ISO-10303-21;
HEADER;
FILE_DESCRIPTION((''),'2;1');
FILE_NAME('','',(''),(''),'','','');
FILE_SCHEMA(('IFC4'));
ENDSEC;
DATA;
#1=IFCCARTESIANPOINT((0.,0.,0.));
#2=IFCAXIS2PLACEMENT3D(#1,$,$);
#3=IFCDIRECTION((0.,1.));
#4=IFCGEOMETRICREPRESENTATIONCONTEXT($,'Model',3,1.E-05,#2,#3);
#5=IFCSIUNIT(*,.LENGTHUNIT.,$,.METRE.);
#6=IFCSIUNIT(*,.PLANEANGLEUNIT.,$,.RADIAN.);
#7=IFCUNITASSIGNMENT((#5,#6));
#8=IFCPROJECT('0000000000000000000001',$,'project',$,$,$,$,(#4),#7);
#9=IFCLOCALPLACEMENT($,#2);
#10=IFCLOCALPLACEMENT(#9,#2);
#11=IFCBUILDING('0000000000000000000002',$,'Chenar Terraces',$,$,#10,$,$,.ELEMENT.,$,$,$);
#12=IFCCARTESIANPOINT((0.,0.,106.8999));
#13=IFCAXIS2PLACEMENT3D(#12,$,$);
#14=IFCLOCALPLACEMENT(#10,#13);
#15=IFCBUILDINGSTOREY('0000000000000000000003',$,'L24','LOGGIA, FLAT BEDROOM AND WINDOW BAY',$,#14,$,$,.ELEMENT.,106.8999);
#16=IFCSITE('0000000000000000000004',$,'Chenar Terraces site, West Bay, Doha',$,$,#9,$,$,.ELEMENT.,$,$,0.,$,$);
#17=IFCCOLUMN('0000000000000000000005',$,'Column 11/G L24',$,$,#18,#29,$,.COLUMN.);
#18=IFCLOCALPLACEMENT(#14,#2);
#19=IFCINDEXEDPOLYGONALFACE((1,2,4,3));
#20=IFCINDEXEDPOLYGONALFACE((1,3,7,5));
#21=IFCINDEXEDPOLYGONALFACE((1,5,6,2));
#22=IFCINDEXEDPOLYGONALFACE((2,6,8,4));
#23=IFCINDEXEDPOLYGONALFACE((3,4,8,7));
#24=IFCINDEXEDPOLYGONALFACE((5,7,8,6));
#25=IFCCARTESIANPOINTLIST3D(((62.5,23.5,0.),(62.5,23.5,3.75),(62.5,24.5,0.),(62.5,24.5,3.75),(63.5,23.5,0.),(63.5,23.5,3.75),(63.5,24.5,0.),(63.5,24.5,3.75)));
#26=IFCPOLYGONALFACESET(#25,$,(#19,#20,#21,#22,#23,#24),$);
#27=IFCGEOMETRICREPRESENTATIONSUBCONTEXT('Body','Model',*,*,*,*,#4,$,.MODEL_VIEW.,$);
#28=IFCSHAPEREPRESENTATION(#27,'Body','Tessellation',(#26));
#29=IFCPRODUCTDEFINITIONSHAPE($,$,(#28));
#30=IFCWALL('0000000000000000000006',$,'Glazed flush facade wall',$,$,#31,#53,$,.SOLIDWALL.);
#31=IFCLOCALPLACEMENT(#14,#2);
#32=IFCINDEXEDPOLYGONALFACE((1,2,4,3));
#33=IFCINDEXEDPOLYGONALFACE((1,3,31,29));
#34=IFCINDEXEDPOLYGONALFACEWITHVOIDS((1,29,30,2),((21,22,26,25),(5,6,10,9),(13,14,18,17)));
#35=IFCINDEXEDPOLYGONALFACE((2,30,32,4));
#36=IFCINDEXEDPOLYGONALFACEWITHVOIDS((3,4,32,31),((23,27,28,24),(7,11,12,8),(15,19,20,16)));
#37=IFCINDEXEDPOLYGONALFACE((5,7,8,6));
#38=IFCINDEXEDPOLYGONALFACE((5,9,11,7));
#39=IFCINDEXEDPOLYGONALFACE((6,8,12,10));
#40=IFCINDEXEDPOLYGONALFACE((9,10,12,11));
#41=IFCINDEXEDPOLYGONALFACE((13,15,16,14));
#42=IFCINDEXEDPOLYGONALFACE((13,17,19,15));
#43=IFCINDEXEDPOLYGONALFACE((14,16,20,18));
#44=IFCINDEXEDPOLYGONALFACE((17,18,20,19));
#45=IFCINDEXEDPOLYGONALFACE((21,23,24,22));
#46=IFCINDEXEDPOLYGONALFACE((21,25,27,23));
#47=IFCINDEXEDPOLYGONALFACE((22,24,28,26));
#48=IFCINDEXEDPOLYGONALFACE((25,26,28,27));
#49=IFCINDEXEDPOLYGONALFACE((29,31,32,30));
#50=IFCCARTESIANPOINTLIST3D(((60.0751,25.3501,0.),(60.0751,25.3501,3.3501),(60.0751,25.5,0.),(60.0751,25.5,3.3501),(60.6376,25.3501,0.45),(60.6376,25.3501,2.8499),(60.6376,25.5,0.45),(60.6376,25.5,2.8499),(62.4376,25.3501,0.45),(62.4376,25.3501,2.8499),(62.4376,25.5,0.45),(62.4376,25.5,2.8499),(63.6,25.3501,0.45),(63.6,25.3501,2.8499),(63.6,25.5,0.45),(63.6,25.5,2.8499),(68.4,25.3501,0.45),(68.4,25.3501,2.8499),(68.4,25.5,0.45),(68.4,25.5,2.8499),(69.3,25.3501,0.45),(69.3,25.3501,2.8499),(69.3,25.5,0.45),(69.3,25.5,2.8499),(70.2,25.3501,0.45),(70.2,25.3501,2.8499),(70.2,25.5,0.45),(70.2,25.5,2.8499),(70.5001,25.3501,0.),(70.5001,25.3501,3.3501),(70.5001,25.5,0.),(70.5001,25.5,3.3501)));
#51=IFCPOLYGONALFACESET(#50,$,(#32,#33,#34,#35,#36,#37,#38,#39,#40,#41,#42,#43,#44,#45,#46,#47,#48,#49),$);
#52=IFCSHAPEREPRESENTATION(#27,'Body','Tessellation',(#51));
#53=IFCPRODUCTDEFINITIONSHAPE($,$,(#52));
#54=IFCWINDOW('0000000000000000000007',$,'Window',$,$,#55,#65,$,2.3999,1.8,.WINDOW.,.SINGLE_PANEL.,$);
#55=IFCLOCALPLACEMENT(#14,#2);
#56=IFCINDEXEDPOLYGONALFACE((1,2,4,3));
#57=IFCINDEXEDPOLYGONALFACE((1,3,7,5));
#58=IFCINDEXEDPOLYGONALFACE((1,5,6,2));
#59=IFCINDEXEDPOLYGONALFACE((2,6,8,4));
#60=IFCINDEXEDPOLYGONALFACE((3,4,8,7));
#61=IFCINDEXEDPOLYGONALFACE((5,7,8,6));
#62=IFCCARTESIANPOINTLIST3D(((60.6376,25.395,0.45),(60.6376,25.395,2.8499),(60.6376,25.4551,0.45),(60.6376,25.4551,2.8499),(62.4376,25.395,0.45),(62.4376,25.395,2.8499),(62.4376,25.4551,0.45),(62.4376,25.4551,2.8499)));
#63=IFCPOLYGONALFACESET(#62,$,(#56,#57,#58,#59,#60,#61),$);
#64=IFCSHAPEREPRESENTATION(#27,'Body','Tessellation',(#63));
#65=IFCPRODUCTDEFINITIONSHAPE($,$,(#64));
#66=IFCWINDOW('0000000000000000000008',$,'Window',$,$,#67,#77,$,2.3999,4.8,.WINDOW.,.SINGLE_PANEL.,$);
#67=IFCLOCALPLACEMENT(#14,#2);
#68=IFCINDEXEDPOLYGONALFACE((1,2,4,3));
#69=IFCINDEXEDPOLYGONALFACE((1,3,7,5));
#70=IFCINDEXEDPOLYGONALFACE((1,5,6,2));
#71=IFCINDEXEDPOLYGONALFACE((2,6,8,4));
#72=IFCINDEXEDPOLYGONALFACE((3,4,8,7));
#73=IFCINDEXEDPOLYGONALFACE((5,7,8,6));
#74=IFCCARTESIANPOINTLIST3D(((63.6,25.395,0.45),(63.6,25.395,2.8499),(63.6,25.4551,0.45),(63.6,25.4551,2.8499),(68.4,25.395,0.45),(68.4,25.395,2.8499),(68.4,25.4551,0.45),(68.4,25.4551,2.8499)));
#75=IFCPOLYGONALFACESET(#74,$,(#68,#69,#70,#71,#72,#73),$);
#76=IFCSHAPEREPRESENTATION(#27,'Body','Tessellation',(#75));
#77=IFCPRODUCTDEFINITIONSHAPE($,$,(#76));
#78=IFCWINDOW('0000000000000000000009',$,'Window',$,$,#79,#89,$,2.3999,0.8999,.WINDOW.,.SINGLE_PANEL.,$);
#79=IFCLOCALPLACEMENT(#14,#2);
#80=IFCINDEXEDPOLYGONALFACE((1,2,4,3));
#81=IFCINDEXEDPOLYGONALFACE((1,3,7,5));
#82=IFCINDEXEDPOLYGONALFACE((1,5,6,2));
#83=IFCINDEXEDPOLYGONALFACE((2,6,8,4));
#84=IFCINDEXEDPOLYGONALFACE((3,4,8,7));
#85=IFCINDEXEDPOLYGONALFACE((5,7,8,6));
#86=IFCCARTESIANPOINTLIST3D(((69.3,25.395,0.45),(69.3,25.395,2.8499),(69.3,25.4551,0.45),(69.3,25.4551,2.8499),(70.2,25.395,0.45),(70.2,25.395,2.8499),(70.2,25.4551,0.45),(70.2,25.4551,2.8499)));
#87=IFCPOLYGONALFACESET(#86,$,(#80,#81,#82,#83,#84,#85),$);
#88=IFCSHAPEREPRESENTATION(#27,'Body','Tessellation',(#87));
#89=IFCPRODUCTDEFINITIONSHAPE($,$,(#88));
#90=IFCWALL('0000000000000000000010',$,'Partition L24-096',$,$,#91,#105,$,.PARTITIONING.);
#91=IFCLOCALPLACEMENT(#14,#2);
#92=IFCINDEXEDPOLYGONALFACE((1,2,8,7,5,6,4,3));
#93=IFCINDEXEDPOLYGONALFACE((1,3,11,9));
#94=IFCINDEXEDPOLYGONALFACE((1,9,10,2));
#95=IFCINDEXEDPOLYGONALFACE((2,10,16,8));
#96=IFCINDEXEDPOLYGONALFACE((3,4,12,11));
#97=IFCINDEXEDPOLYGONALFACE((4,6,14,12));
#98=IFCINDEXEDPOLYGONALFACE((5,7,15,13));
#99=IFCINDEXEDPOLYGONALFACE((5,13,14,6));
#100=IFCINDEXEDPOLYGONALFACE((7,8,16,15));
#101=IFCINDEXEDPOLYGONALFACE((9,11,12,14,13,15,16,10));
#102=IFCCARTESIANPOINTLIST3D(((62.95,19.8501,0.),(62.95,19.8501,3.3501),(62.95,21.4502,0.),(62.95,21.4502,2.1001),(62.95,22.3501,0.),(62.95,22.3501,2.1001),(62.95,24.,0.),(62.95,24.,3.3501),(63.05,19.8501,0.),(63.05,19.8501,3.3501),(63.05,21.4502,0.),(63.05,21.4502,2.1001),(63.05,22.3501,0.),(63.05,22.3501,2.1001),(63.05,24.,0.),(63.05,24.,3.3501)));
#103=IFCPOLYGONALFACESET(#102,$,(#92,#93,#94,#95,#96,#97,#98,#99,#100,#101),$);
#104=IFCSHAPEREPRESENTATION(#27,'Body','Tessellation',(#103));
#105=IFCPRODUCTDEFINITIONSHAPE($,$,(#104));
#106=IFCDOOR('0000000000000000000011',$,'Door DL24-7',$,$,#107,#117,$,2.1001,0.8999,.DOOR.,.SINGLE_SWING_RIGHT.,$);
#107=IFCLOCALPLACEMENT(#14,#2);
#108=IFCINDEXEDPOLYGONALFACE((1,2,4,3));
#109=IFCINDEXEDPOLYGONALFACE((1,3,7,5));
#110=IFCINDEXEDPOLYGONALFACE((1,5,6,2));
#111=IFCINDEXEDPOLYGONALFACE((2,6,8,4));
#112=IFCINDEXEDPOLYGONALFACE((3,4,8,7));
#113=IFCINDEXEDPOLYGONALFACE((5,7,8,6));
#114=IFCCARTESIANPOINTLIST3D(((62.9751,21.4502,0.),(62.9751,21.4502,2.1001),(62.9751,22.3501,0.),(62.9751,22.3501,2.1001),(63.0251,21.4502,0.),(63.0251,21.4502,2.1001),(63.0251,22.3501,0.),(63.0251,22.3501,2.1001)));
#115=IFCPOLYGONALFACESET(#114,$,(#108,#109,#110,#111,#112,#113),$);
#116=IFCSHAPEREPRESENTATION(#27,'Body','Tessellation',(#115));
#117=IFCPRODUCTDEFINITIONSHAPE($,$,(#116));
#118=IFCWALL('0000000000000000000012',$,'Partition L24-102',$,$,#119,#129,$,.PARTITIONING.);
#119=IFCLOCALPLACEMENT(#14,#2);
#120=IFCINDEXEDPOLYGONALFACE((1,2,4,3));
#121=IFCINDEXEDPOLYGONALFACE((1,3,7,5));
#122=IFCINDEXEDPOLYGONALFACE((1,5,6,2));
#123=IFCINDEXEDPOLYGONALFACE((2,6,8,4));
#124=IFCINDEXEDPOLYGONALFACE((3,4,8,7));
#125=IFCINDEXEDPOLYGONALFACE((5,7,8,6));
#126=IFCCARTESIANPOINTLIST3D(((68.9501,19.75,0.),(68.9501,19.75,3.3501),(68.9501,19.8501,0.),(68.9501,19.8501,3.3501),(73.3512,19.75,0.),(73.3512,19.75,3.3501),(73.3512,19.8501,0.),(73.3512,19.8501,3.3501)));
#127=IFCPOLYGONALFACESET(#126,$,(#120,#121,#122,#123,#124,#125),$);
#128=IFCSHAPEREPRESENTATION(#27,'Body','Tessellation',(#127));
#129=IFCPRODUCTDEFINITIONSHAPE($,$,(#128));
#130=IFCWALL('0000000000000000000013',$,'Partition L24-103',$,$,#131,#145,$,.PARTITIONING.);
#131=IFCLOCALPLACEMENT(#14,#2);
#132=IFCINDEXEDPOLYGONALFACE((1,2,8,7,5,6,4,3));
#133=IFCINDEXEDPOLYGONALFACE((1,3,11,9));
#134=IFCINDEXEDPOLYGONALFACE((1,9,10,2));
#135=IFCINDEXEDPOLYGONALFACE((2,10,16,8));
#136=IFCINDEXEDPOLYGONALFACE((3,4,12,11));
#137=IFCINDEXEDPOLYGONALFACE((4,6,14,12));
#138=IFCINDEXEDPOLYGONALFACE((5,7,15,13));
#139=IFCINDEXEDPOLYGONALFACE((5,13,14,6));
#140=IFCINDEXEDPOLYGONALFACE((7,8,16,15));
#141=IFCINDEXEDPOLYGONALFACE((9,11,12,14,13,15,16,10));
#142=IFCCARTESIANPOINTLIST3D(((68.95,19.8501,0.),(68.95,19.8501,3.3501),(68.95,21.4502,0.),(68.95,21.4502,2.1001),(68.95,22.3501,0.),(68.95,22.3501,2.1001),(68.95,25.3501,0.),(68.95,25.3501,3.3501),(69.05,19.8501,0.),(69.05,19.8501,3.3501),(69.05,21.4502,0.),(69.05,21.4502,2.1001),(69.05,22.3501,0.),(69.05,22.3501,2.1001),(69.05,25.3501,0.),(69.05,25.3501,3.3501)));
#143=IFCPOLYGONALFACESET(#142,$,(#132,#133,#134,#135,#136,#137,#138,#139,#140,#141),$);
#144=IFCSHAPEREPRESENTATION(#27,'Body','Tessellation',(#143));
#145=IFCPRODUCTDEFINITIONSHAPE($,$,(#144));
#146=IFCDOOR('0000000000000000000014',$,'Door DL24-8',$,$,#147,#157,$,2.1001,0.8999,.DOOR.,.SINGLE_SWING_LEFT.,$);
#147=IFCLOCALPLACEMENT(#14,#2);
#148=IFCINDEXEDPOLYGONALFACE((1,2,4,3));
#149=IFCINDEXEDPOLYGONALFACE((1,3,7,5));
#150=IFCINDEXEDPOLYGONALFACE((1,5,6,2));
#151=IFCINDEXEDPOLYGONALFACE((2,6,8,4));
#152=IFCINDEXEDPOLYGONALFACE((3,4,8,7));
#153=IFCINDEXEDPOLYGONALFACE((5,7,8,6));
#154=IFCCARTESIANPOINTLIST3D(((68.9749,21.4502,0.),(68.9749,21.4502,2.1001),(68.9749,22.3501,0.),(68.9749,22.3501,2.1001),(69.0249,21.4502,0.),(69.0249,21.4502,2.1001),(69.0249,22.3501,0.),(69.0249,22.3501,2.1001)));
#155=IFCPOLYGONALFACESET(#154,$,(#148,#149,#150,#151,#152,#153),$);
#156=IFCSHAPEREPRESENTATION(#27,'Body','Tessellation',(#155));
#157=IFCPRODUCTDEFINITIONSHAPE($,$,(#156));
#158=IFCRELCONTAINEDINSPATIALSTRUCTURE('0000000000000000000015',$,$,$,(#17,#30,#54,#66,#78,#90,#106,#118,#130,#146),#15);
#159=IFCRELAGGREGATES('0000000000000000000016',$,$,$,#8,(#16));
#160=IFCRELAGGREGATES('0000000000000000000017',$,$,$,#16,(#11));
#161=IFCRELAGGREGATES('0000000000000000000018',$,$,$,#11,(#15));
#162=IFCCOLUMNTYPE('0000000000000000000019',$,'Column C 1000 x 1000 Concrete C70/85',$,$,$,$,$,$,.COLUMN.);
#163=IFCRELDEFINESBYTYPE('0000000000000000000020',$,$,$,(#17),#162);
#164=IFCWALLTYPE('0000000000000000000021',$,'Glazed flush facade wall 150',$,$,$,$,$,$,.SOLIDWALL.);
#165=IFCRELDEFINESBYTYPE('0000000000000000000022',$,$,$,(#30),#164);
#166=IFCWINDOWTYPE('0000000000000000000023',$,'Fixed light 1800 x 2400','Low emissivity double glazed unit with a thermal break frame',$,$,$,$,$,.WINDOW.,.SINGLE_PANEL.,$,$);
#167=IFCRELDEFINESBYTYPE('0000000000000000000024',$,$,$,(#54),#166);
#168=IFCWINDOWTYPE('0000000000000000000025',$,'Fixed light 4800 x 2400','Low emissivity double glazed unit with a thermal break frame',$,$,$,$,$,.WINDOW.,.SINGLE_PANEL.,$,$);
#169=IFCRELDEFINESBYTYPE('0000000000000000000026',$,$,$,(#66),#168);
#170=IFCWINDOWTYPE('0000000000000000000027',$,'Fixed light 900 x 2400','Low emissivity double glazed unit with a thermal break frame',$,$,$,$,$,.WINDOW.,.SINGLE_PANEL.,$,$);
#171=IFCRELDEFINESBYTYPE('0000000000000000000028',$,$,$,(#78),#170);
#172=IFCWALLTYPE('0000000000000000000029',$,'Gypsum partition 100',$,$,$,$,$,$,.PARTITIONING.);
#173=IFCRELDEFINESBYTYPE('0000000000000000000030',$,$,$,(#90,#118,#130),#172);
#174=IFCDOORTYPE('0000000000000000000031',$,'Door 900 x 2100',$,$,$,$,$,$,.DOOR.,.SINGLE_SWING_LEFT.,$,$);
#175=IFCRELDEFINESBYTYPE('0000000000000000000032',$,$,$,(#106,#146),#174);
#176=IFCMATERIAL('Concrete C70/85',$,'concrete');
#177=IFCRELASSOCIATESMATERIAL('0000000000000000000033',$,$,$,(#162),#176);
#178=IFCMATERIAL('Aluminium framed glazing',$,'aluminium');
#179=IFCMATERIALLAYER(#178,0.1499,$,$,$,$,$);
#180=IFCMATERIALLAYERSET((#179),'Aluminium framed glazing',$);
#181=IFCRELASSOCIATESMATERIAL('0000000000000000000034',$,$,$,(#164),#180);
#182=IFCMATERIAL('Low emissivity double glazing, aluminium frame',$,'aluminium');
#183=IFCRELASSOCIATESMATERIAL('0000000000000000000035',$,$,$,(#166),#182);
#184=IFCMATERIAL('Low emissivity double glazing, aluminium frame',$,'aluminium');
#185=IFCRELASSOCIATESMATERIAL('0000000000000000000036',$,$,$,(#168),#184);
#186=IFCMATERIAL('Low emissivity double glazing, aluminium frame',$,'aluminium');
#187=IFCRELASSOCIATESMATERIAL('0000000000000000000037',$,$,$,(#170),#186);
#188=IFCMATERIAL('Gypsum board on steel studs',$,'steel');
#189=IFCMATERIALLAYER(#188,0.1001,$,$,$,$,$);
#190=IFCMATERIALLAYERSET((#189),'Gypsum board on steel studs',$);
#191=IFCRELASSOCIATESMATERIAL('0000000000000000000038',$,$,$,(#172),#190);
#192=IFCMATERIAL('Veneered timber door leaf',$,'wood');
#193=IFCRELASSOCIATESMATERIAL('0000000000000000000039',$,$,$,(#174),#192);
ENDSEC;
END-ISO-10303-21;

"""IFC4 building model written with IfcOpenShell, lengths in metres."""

from ifc_helpers import new_model, si_unit, direction, frame, frame_2d, origin, origin_2d, place, context, subcontext, project, spatial, rectangle, extrude, material, layer, layer_set, material_profile, profile_set, type_object, element, fill, save


model = new_model("IFC4")

# Units and contexts
model_context = context("Model", 3, precision=1e-05, world=origin(), true_north=direction((0.0, 1.0)))
body_context = subcontext(model_context, "Body", "Model", "MODEL_VIEW")
ifc_project = project(units=[si_unit("LENGTHUNIT", "METRE"), si_unit("PLANEANGLEUNIT", "RADIAN")], contexts=[model_context])

# Site, building, storey
site_placement = place(None, origin())
site = spatial("IfcSite", under=ifc_project, at=site_placement, Name="Chenar Terraces site, West Bay, Doha", CompositionType="ELEMENT", RefElevation=0.0)
building_placement = place(site_placement, origin())
building = spatial("IfcBuilding", under=site, at=building_placement, Name="Chenar Terraces", CompositionType="ELEMENT")
storey_placement = place(building_placement, frame((0.0, 0.0, 106.8999)))
storey = spatial("IfcBuildingStorey", under=building, at=storey_placement, Name="L24", Description="LOGGIA, FLAT BEDROOM AND WINDOW BAY", CompositionType="ELEMENT", Elevation=106.8999)

# Column
ifc_material_1 = material(Name="Concrete C70/85", Category="concrete")
ifc_material_profile_1 = material_profile(ifc_material_1, rectangle(XDim=1.0, YDim=1.0, at=origin_2d()), Name="C 1000 x 1000")
ifc_profile_set_1 = profile_set([ifc_material_profile_1], Name="Concrete C70/85")
column_type = type_object("IfcColumnType", Name="Column C 1000 x 1000 Concrete C70/85", PredefinedType="COLUMN", material=ifc_profile_set_1)
column_placement = place(storey_placement, frame((63.0, 24.0, 0.0), z_axis=(0.0, 0.0, 1.0), x_axis=(1.0, 0.0, 0.0)))
element("IfcColumn", 1, at=column_placement, inside=storey, type_object=column_type, Name="Column 11/G L24", PredefinedType="COLUMN", context=body_context, shape_type="SweptSolid", body=[
    extrude(rectangle(XDim=1.0, YDim=1.0, at=origin_2d()), origin(), (0.0, 0.0, 1.0), 3.75),
])

# Wall, openings, windows
ifc_material_2 = material(Name="Aluminium framed glazing", Category="aluminium")
ifc_layer_1 = layer(ifc_material_2, 0.1499)
ifc_layer_set_1 = layer_set([ifc_layer_1], Name="Aluminium framed glazing")
wall_type_1 = type_object("IfcWallType", Name="Glazed flush facade wall 150", PredefinedType="SOLIDWALL", material=ifc_layer_set_1)
wall_1_placement = place(storey_placement, frame((70.5, 25.425, 0.0), z_axis=(0.0, 0.0, 1.0), x_axis=(-1.0, 0.0, 0.0)))
wall_1 = element("IfcWall", 2, at=wall_1_placement, inside=storey, type_object=wall_type_1, Name="Glazed flush facade wall", PredefinedType="SOLIDWALL", context=body_context, shape_type="SweptSolid", body=[
    extrude(rectangle(XDim=10.425, YDim=0.1499, at=frame_2d((5.2124, 0.0))), origin(), (0.0, 0.0, 1.0), 3.3501),
])
opening_1_placement = place(wall_1_placement, frame((0.3, 0.0, 0.45)))
opening_1 = element("IfcOpeningElement", 3, at=opening_1_placement, cuts=wall_1, PredefinedType="OPENING", context=body_context, shape_type="SweptSolid", body=[
    extrude(rectangle(XDim=0.8999, YDim=2.3999, at=frame_2d((0.45, 1.2))), frame((0.0, 0.085, 0.0), z_axis=(0.0, -1.0, 0.0), x_axis=(1.0, 0.0, 0.0)), (0.0, 0.0, 1.0), 0.1699),
])
opening_2_placement = place(wall_1_placement, frame((2.1001, 0.0, 0.45)))
opening_2 = element("IfcOpeningElement", 4, at=opening_2_placement, cuts=wall_1, PredefinedType="OPENING", context=body_context, shape_type="SweptSolid", body=[
    extrude(rectangle(XDim=4.8, YDim=2.3999, at=frame_2d((2.3999, 1.2))), frame((0.0, 0.085, 0.0), z_axis=(0.0, -1.0, 0.0), x_axis=(1.0, 0.0, 0.0)), (0.0, 0.0, 1.0), 0.1699),
])
opening_3_placement = place(wall_1_placement, frame((8.0625, 0.0, 0.45)))
opening_3 = element("IfcOpeningElement", 5, at=opening_3_placement, cuts=wall_1, PredefinedType="OPENING", context=body_context, shape_type="SweptSolid", body=[
    extrude(rectangle(XDim=1.8, YDim=2.3999, at=frame_2d((0.8999, 1.2))), frame((0.0, 0.085, 0.0), z_axis=(0.0, -1.0, 0.0), x_axis=(1.0, 0.0, 0.0)), (0.0, 0.0, 1.0), 0.1699),
])
ifc_material_3 = material(Name="Low emissivity double glazing, aluminium frame", Category="aluminium")
window_type_1 = type_object("IfcWindowType", Name="Fixed light 1800 x 2400", Description="Low emissivity double glazed unit with a thermal break frame", PartitioningType="SINGLE_PANEL", PredefinedType="WINDOW", material=ifc_material_3)
window_1_placement = place(opening_3_placement, origin())
window_1 = element("IfcWindow", 6, at=window_1_placement, inside=storey, type_object=window_type_1, Name="Window", OverallHeight=2.3999, OverallWidth=1.8, PartitioningType="SINGLE_PANEL", PredefinedType="WINDOW", context=body_context, shape_type="SweptSolid", body=[
    extrude(rectangle(XDim=1.8, YDim=2.3999, at=frame_2d((0.8999, 1.2))), frame((0.0, 0.03, 0.0), z_axis=(0.0, -1.0, 0.0), x_axis=(1.0, 0.0, 0.0)), (0.0, 0.0, 1.0), 0.0601),
])
fill(opening_3, window_1)
ifc_material_4 = material(Name="Low emissivity double glazing, aluminium frame", Category="aluminium")
window_type_2 = type_object("IfcWindowType", Name="Fixed light 4800 x 2400", Description="Low emissivity double glazed unit with a thermal break frame", PartitioningType="SINGLE_PANEL", PredefinedType="WINDOW", material=ifc_material_4)
window_2_placement = place(opening_2_placement, origin())
window_2 = element("IfcWindow", 7, at=window_2_placement, inside=storey, type_object=window_type_2, Name="Window", OverallHeight=2.3999, OverallWidth=4.8, PartitioningType="SINGLE_PANEL", PredefinedType="WINDOW", context=body_context, shape_type="SweptSolid", body=[
    extrude(rectangle(XDim=4.8, YDim=2.3999, at=frame_2d((2.3999, 1.2))), frame((0.0, 0.03, 0.0), z_axis=(0.0, -1.0, 0.0), x_axis=(1.0, 0.0, 0.0)), (0.0, 0.0, 1.0), 0.0601),
])
fill(opening_2, window_2)
ifc_material_5 = material(Name="Low emissivity double glazing, aluminium frame", Category="aluminium")
window_type_3 = type_object("IfcWindowType", Name="Fixed light 900 x 2400", Description="Low emissivity double glazed unit with a thermal break frame", PartitioningType="SINGLE_PANEL", PredefinedType="WINDOW", material=ifc_material_5)
window_3_placement = place(opening_1_placement, origin())
window_3 = element("IfcWindow", 8, at=window_3_placement, inside=storey, type_object=window_type_3, Name="Window", OverallHeight=2.3999, OverallWidth=0.8999, PartitioningType="SINGLE_PANEL", PredefinedType="WINDOW", context=body_context, shape_type="SweptSolid", body=[
    extrude(rectangle(XDim=0.8999, YDim=2.3999, at=frame_2d((0.45, 1.2))), frame((0.0, 0.03, 0.0), z_axis=(0.0, -1.0, 0.0), x_axis=(1.0, 0.0, 0.0)), (0.0, 0.0, 1.0), 0.0601),
])
fill(opening_1, window_3)

# Wall, opening, door
ifc_material_6 = material(Name="Gypsum board on steel studs", Category="steel")
ifc_layer_2 = layer(ifc_material_6, 0.1001)
ifc_layer_set_2 = layer_set([ifc_layer_2], Name="Gypsum board on steel studs")
wall_type_2 = type_object("IfcWallType", Name="Gypsum partition 100", PredefinedType="PARTITIONING", material=ifc_layer_set_2)
wall_2_placement = place(storey_placement, frame((63.0, 19.8501, 0.0), z_axis=(0.0, 0.0, 1.0), x_axis=(0.0, 1.0, 0.0)))
wall_2 = element("IfcWall", 9, at=wall_2_placement, inside=storey, type_object=wall_type_2, Name="Partition L24-096", PredefinedType="PARTITIONING", context=body_context, shape_type="SweptSolid", body=[
    extrude(rectangle(XDim=4.1499, YDim=0.1001, at=frame_2d((2.075, 0.0))), origin(), (0.0, 0.0, 1.0), 3.3501),
])
opening_4_placement = place(wall_2_placement, frame((1.6001, 0.0, 0.0)))
opening_4 = element("IfcOpeningElement", 10, at=opening_4_placement, cuts=wall_2, PredefinedType="OPENING", context=body_context, shape_type="SweptSolid", body=[
    extrude(rectangle(XDim=0.8999, YDim=2.1001, at=frame_2d((0.45, 1.05))), frame((0.0, 0.0601, 0.0), z_axis=(0.0, -1.0, 0.0), x_axis=(1.0, 0.0, 0.0)), (0.0, 0.0, 1.0), 0.1201),
])
ifc_material_7 = material(Name="Veneered timber door leaf", Category="wood")
door_type_1 = type_object("IfcDoorType", Name="Door 900 x 2100", OperationType="SINGLE_SWING_LEFT", PredefinedType="DOOR", material=ifc_material_7)
door_1_placement = place(opening_4_placement, origin())
door_1 = element("IfcDoor", 11, at=door_1_placement, inside=storey, type_object=door_type_1, Name="Door DL24-7", OperationType="SINGLE_SWING_RIGHT", OverallHeight=2.1001, OverallWidth=0.8999, PredefinedType="DOOR", context=body_context, shape_type="SweptSolid", body=[
    extrude(rectangle(XDim=0.8999, YDim=2.1001, at=frame_2d((0.45, 1.05))), frame((0.0, 0.0249, 0.0), z_axis=(0.0, -1.0, 0.0), x_axis=(1.0, 0.0, 0.0)), (0.0, 0.0, 1.0), 0.05),
])
fill(opening_4, door_1)

# Wall
wall_3_placement = place(storey_placement, frame((68.95, 19.8, 0.0), z_axis=(0.0, 0.0, 1.0), x_axis=(1.0, 0.0, 0.0)))
element("IfcWall", 12, at=wall_3_placement, inside=storey, type_object=wall_type_2, Name="Partition L24-102", PredefinedType="PARTITIONING", context=body_context, shape_type="SweptSolid", body=[
    extrude(rectangle(XDim=4.4011, YDim=0.1001, at=frame_2d((2.2007, 0.0))), origin(), (0.0, 0.0, 1.0), 3.3501),
])

# Wall, opening, door
wall_4_placement = place(storey_placement, frame((69.0, 19.8501, 0.0), z_axis=(0.0, 0.0, 1.0), x_axis=(0.0, 1.0, 0.0)))
wall_4 = element("IfcWall", 13, at=wall_4_placement, inside=storey, type_object=wall_type_2, Name="Partition L24-103", PredefinedType="PARTITIONING", context=body_context, shape_type="SweptSolid", body=[
    extrude(rectangle(XDim=5.5, YDim=0.1001, at=frame_2d((2.75, 0.0))), origin(), (0.0, 0.0, 1.0), 3.3501),
])
opening_5_placement = place(wall_4_placement, frame((1.6001, 0.0, 0.0)))
opening_5 = element("IfcOpeningElement", 14, at=opening_5_placement, cuts=wall_4, PredefinedType="OPENING", context=body_context, shape_type="SweptSolid", body=[
    extrude(rectangle(XDim=0.8999, YDim=2.1001, at=frame_2d((0.45, 1.05))), frame((0.0, 0.0601, 0.0), z_axis=(0.0, -1.0, 0.0), x_axis=(1.0, 0.0, 0.0)), (0.0, 0.0, 1.0), 0.1201),
])
door_2_placement = place(opening_5_placement, frame((0.8999, 0.0, 0.0), z_axis=(0.0, 0.0, 1.0), x_axis=(-1.0, 0.0, 0.0)))
door_2 = element("IfcDoor", 15, at=door_2_placement, inside=storey, type_object=door_type_1, Name="Door DL24-8", OperationType="SINGLE_SWING_LEFT", OverallHeight=2.1001, OverallWidth=0.8999, PredefinedType="DOOR", context=body_context, shape_type="SweptSolid", body=[
    extrude(rectangle(XDim=0.8999, YDim=2.1001, at=frame_2d((0.45, 1.05))), frame((0.0, 0.0249, 0.0), z_axis=(0.0, -1.0, 0.0), x_axis=(1.0, 0.0, 0.0)), (0.0, 0.0, 1.0), 0.05),
])
fill(opening_5, door_2)

save(model, "model.ifc")
